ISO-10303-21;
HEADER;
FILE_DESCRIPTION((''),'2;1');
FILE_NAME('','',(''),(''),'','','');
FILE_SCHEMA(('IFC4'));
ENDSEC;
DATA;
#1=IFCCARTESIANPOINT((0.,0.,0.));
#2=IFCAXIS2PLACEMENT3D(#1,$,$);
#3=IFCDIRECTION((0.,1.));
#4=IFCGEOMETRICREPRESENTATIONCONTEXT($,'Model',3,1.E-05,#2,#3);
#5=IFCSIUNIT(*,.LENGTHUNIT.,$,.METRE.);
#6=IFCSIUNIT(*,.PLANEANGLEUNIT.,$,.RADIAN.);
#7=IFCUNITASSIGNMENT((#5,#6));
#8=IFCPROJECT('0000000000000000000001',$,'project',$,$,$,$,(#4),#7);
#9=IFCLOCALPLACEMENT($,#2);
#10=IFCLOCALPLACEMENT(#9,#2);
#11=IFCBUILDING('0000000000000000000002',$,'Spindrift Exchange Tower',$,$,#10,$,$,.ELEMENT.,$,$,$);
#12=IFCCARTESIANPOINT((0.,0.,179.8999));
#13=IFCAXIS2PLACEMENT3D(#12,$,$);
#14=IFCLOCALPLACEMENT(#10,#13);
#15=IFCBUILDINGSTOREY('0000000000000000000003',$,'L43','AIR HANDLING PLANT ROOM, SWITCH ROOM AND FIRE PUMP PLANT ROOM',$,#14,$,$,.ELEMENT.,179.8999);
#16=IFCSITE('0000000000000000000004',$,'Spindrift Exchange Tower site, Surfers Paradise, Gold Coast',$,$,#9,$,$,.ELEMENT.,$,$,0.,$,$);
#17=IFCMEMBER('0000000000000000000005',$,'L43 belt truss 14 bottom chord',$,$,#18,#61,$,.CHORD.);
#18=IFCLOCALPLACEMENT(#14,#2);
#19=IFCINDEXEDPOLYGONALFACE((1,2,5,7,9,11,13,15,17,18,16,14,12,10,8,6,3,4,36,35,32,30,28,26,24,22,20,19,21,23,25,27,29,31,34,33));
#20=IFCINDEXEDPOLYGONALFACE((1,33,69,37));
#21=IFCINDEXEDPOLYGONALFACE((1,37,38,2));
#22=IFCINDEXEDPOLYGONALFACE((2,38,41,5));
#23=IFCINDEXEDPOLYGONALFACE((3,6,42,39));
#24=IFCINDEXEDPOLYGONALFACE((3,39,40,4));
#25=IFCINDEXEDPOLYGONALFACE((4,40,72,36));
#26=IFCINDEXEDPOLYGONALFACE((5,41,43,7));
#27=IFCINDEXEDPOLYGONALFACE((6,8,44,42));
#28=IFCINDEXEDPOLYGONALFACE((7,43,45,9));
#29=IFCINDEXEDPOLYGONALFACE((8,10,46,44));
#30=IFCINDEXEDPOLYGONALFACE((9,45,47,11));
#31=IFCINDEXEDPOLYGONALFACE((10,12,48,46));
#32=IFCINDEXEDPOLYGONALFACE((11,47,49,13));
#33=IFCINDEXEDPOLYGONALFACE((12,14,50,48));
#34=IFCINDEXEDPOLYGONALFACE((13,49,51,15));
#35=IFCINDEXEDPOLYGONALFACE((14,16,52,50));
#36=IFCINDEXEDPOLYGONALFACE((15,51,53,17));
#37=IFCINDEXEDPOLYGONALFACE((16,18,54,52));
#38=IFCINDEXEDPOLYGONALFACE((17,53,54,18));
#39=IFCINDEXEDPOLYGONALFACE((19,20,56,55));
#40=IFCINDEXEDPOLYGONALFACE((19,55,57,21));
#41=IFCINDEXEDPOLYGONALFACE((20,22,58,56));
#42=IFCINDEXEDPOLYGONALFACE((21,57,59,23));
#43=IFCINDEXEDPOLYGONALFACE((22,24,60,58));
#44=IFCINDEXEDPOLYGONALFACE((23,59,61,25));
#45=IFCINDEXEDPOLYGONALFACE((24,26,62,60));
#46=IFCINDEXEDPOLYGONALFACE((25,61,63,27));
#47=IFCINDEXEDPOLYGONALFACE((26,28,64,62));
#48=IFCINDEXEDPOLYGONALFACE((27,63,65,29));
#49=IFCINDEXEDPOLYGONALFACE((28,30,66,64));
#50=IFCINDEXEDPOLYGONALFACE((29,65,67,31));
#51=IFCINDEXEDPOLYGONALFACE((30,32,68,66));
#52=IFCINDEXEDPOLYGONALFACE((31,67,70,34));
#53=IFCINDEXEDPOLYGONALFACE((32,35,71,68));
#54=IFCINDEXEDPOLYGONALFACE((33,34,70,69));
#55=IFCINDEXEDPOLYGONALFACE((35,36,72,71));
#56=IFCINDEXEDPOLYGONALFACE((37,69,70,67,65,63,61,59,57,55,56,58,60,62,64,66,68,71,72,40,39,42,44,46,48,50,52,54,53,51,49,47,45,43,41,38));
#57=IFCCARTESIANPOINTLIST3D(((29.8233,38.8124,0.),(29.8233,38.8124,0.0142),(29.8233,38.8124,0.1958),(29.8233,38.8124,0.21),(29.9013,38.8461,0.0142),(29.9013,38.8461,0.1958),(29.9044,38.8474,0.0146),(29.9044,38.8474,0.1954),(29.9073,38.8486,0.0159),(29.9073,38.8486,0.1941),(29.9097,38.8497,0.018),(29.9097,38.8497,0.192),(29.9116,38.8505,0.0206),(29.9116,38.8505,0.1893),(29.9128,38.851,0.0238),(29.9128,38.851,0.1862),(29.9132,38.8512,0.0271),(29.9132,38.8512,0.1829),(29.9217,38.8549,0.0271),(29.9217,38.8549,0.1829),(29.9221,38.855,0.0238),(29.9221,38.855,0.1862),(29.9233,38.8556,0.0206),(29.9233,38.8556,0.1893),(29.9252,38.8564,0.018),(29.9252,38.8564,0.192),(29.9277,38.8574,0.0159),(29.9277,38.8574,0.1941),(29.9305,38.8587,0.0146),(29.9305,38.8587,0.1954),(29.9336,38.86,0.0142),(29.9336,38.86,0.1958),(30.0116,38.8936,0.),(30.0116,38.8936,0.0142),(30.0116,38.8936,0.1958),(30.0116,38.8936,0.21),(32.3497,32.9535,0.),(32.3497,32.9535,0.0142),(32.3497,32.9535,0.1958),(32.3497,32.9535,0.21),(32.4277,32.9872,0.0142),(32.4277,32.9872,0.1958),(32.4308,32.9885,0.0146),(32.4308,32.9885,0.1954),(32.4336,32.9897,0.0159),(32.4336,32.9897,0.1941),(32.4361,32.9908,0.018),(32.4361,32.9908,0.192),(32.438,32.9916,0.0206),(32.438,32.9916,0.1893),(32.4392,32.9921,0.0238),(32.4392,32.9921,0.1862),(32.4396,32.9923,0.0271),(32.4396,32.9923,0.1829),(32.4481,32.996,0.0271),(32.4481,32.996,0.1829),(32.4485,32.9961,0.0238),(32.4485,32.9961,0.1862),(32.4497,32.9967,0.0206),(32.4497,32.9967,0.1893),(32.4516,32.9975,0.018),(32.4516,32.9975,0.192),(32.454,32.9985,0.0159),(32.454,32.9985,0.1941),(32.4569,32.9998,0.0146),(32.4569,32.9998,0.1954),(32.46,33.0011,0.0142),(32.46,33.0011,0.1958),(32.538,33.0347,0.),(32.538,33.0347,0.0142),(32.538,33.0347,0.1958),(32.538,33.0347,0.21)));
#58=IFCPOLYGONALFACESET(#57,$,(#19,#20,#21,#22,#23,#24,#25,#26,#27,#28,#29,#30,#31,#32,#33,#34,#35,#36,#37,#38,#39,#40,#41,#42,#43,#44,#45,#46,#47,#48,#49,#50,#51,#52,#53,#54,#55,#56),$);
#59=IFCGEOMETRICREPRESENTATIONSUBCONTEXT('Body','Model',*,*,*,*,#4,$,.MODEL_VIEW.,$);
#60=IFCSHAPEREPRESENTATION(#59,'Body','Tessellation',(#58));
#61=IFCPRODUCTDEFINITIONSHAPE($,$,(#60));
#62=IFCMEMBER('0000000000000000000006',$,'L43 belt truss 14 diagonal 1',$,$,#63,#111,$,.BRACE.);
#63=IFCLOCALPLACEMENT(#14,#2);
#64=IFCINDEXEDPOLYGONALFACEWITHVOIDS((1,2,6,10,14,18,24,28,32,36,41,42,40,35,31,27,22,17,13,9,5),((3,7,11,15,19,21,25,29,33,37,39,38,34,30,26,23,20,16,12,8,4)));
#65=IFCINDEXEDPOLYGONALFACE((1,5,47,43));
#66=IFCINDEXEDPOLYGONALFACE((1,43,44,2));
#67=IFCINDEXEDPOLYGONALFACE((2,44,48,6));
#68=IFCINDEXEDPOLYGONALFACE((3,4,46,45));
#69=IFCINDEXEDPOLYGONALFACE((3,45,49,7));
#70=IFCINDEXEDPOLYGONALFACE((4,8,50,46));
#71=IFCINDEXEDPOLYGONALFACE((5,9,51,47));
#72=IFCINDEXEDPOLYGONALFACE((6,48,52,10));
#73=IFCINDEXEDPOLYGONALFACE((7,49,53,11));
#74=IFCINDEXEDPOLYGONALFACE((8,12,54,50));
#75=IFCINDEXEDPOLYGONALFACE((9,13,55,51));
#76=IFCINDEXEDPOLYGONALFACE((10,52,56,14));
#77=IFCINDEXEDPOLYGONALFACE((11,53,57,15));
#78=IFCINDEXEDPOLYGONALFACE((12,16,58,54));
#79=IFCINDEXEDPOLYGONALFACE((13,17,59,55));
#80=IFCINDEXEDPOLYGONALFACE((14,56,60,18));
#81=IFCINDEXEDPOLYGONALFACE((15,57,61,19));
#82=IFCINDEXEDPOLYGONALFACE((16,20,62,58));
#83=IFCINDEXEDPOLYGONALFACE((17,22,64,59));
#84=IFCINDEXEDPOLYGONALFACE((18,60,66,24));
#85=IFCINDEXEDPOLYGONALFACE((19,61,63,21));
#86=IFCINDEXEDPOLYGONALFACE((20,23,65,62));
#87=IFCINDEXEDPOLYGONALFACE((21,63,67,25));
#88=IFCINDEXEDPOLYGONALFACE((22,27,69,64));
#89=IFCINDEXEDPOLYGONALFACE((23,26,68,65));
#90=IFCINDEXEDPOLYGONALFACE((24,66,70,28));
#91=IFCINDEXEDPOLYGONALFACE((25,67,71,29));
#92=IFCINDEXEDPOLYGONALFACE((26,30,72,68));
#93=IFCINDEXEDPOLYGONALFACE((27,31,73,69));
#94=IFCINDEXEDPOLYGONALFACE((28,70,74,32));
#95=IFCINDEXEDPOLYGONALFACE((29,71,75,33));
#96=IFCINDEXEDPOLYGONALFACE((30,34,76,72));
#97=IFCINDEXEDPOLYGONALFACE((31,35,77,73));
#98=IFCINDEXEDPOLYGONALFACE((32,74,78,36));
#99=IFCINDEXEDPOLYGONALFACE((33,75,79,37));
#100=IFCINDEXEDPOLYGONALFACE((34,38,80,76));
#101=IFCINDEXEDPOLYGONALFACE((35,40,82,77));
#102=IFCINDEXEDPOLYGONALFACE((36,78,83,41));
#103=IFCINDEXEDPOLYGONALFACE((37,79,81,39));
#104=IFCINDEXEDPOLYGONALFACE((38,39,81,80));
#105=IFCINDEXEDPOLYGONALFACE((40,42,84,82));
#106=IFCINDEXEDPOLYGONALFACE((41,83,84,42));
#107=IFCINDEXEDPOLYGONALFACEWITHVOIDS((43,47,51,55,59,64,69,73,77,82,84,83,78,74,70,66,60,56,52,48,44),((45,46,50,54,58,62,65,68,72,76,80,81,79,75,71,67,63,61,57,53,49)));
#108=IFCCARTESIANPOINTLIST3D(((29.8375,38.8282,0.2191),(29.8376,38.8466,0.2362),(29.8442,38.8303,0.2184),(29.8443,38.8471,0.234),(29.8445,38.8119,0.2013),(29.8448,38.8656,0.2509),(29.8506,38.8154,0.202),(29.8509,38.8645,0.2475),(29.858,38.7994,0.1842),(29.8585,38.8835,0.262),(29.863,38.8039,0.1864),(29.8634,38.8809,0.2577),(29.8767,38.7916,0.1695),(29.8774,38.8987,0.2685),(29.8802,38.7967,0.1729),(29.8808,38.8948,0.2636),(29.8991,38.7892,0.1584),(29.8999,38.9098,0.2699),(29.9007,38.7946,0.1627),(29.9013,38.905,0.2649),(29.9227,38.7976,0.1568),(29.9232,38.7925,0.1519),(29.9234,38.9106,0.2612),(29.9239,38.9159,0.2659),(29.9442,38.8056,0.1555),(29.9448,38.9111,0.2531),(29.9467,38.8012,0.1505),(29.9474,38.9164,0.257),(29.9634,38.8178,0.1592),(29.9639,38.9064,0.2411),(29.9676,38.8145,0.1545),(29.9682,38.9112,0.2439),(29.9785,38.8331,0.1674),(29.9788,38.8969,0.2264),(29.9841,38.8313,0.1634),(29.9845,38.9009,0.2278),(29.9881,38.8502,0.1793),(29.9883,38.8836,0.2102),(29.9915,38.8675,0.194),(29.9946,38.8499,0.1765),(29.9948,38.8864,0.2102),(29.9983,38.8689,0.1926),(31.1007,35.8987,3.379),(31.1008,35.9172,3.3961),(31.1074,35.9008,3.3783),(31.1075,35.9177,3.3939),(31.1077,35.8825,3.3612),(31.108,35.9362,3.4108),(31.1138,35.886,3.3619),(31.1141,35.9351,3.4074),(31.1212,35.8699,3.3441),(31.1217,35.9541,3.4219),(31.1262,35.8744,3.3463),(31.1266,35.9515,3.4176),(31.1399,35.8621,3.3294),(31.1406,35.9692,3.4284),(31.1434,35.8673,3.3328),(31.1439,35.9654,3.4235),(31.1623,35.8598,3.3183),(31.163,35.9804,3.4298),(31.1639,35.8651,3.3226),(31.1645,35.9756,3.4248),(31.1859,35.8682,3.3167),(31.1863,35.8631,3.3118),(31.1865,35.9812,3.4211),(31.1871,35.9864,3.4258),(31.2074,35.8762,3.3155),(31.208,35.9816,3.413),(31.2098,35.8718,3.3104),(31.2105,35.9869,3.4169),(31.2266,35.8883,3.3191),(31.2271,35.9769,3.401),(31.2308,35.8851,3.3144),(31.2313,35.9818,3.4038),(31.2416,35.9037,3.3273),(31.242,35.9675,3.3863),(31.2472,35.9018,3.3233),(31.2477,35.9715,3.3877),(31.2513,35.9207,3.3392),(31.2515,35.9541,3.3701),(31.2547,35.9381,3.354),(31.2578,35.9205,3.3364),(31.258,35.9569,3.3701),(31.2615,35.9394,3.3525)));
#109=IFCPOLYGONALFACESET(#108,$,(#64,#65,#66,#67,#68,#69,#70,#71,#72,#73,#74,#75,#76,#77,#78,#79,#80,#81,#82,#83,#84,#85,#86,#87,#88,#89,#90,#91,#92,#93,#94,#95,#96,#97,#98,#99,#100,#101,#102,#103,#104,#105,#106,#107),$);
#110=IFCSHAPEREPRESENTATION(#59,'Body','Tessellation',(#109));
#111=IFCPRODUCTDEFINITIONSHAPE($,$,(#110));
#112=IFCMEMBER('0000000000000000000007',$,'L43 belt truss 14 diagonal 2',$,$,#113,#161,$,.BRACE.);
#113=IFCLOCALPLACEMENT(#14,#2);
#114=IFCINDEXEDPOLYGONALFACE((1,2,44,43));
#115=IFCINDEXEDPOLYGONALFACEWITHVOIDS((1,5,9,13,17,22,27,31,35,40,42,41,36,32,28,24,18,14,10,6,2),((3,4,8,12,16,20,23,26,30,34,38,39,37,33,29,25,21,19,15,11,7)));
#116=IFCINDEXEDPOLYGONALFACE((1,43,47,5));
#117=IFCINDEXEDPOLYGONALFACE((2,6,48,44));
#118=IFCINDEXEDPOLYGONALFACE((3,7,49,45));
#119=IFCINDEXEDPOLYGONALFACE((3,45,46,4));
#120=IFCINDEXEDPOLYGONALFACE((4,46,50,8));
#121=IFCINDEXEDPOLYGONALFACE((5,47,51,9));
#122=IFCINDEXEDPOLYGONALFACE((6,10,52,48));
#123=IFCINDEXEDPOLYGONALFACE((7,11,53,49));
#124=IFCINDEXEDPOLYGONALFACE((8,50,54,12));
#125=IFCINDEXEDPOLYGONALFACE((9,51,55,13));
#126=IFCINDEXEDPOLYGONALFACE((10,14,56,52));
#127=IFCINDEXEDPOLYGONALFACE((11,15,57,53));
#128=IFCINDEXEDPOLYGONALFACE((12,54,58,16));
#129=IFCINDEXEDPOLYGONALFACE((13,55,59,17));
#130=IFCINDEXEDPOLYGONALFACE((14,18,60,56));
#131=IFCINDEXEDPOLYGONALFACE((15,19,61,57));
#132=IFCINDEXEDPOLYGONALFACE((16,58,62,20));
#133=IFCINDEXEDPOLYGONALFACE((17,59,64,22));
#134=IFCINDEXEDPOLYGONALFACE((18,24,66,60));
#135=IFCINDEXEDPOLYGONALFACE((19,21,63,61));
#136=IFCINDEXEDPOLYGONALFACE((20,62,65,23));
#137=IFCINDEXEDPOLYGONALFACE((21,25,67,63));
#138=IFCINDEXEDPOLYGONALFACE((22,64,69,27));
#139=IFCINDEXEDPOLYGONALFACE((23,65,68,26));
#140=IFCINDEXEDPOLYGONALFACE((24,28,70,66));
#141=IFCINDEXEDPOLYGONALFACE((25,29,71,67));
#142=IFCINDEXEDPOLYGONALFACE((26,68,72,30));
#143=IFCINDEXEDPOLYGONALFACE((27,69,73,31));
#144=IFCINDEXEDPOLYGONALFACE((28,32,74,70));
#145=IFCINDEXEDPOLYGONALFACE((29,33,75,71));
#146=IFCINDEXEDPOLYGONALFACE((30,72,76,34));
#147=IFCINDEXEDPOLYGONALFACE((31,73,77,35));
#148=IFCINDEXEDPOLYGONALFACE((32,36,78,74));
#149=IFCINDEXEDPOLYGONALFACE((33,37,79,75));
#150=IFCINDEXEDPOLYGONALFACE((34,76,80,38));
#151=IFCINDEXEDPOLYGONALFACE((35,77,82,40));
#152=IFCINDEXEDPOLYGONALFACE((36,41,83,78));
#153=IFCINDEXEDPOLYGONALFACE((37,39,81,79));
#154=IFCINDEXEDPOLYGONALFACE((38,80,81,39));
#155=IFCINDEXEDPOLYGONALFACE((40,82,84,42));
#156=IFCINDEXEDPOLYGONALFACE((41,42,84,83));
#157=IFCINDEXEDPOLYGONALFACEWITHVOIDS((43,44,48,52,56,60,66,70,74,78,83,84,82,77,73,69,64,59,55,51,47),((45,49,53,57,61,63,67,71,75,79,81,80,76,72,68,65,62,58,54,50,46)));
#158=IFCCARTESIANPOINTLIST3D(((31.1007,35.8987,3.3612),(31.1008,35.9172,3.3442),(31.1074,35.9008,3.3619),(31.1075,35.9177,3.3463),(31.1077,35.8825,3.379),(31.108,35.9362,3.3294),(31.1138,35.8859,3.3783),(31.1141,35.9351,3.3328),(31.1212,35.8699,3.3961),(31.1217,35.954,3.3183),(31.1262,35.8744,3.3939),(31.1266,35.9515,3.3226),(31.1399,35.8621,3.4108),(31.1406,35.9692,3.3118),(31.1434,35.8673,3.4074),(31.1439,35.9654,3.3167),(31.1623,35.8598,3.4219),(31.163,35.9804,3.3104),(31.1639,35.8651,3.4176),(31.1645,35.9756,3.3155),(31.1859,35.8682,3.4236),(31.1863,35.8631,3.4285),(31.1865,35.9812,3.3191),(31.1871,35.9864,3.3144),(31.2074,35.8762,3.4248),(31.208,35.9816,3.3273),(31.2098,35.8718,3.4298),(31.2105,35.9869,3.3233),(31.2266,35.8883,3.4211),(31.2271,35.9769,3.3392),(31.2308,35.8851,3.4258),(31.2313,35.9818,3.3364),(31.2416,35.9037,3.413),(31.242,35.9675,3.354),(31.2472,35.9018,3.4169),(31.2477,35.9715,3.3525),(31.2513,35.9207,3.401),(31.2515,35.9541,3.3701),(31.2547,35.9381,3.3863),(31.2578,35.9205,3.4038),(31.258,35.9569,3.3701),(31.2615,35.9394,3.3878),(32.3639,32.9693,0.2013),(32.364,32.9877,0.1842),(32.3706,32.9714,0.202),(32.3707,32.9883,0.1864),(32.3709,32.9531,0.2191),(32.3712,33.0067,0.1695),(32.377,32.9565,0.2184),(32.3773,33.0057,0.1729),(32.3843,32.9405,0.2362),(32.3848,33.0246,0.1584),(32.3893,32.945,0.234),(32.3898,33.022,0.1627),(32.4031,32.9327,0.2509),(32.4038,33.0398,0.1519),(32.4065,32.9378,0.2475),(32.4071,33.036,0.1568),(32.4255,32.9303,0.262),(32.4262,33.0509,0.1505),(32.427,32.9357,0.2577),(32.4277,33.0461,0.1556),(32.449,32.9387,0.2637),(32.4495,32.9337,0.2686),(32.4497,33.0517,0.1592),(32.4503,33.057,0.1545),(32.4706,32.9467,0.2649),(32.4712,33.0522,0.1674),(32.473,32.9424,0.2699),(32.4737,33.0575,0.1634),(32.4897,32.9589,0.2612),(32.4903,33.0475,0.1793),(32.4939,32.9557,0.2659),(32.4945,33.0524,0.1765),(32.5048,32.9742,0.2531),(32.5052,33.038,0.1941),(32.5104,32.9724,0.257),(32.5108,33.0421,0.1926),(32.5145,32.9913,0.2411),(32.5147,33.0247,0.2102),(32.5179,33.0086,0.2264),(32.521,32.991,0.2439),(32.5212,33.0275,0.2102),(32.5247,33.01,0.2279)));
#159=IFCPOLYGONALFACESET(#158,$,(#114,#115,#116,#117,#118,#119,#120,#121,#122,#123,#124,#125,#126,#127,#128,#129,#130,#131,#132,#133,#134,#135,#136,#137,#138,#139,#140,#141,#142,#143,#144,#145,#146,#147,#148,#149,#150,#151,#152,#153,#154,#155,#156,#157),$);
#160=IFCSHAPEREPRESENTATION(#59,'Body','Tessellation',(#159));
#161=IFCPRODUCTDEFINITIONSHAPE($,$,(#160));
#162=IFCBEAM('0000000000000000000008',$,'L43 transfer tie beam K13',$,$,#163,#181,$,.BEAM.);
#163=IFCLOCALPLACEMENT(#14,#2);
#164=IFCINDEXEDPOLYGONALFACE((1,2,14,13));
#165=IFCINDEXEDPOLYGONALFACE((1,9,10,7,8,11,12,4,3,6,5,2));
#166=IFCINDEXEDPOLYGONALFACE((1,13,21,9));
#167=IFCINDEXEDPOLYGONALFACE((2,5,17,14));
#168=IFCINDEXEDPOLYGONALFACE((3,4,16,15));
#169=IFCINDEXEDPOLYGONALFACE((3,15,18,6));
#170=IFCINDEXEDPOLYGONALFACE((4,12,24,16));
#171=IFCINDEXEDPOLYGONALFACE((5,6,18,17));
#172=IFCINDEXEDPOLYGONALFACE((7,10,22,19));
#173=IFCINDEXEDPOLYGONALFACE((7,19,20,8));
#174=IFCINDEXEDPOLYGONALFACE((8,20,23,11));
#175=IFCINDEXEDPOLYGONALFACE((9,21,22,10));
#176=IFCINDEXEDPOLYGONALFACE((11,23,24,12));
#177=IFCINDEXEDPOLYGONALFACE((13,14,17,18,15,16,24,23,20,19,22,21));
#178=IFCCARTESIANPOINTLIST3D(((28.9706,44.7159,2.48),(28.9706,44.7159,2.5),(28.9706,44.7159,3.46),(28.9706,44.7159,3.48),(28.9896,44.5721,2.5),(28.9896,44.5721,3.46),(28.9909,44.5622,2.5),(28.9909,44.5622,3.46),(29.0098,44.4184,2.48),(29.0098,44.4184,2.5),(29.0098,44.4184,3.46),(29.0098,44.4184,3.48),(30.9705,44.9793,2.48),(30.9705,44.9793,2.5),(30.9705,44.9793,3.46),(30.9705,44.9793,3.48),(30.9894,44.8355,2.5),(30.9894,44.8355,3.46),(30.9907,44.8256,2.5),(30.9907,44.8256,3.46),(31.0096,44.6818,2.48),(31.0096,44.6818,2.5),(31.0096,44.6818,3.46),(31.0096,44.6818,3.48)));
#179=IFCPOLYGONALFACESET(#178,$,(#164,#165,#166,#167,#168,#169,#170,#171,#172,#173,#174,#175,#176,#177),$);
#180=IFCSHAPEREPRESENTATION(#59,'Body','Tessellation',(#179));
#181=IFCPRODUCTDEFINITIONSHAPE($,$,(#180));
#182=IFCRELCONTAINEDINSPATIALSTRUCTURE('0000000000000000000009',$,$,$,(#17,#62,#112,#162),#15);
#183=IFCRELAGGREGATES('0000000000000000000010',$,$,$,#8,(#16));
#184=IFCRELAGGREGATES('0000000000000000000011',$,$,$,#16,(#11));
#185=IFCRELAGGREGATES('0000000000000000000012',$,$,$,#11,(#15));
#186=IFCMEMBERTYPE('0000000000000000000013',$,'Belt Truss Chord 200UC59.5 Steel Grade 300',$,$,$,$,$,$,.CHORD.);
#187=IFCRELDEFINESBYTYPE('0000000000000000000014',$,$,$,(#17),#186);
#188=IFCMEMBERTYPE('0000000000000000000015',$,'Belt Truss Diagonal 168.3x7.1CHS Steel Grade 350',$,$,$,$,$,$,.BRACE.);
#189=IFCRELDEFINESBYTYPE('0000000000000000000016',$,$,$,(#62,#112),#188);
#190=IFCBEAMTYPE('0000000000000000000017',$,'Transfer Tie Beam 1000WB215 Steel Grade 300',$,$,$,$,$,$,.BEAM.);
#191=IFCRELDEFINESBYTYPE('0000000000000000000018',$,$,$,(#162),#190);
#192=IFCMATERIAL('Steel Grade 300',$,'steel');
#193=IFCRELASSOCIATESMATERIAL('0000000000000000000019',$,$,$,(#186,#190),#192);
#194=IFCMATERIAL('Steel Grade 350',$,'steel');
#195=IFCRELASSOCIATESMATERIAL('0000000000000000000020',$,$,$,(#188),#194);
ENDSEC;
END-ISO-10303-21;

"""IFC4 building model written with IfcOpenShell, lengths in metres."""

from ifc_helpers import new_model, si_unit, direction, frame, origin, origin_2d, place, context, subcontext, project, spatial, hollow_circle, i_section, extrude, source, transform, mapped, material, material_profile, profile_set, type_object, element, save


model = new_model("IFC4")

# Units and contexts
model_context = context("Model", 3, precision=1e-05, world=origin(), true_north=direction((0.0, 1.0)))
body_context = subcontext(model_context, "Body", "Model", "MODEL_VIEW")
ifc_project = project(units=[si_unit("LENGTHUNIT", "METRE"), si_unit("PLANEANGLEUNIT", "RADIAN")], contexts=[model_context])

# Site, building, storey
site_placement = place(None, origin())
site = spatial("IfcSite", under=ifc_project, at=site_placement, Name="Spindrift Exchange Tower site, Surfers Paradise, Gold Coast", CompositionType="ELEMENT", RefElevation=0.0)
building_placement = place(site_placement, origin())
building = spatial("IfcBuilding", under=site, at=building_placement, Name="Spindrift Exchange Tower", CompositionType="ELEMENT")
storey_placement = place(building_placement, frame((0.0, 0.0, 179.8999)))
storey = spatial("IfcBuildingStorey", under=building, at=storey_placement, Name="L43", Description="AIR HANDLING PLANT ROOM, SWITCH ROOM AND FIRE PUMP PLANT ROOM", CompositionType="ELEMENT", Elevation=179.8999)

# Shared definitions
ifc_material_1 = material(Name="Steel Grade 300", Category="steel")

# Members
ifc_material_profile_1 = material_profile(ifc_material_1, i_section(OverallWidth=0.2051, OverallDepth=0.21, WebThickness=0.0093, FlangeThickness=0.0142, FilletRadius=0.0129, at=origin_2d()), Name="200UC59.5")
ifc_profile_set_1 = profile_set([ifc_material_profile_1], Name="Steel Grade 300")
member_type_1 = type_object("IfcMemberType", Name="Belt Truss Chord 200UC59.5 Steel Grade 300", PredefinedType="CHORD", material=ifc_profile_set_1)
ifc_material_2 = material(Name="Steel Grade 350", Category="steel")
ifc_material_profile_2 = material_profile(ifc_material_2, hollow_circle(Radius=0.0842, WallThickness=0.0071, at=origin_2d()), Name="168.3x7.1CHS")
ifc_profile_set_2 = profile_set([ifc_material_profile_2], Name="Steel Grade 350")
member_type_2 = type_object("IfcMemberType", Name="Belt Truss Diagonal 168.3x7.1CHS Steel Grade 350", PredefinedType="BRACE", material=ifc_profile_set_2)
shared_shape_1 = source(origin(), body_context, "Body", "SweptSolid", [
    extrude(i_section(OverallWidth=0.2051, OverallDepth=0.21, WebThickness=0.0093, FlangeThickness=0.0142, FilletRadius=0.0129, at=origin_2d()), origin(), (0.0, 0.0, 1.0), 6.3804),
])
for number, where, z_axis, x_axis, name in (
    (1, (29.9175, 38.853, 0.105), (0.39596, -0.918268, 0.0), (0.918268, 0.39596, 0.0), "L43 belt truss 14 bottom chord"),
):
    element("IfcMember", number, at=place(storey_placement, frame(where, z_axis=z_axis, x_axis=x_axis)), inside=storey, type_object=member_type_1, Name=name, PredefinedType="CHORD", context=body_context, shape_type="MappedRepresentation", body=[
        mapped(shared_shape_1, transform((0.0, 0.0, 0.0), scale=1.0)),
    ])
shared_shape_2 = source(origin(), body_context, "Body", "SweptSolid", [
    extrude(hollow_circle(Radius=0.0842, WallThickness=0.0071, at=origin_2d()), origin(), (0.0, 0.0, 1.0), 4.4902),
])
for number, where, z_axis, x_axis, name in (
    (2, (29.9175, 38.853, 0.2102), (0.281317, -0.652401, 0.703728), (0.918268, 0.39596, 0.0), "L43 belt truss 14 diagonal 1"),
    (3, (31.1807, 35.9236, 3.3701), (0.281317, -0.652401, -0.703728), (0.918268, 0.39596, 0.0), "L43 belt truss 14 diagonal 2"),
):
    element("IfcMember", number, at=place(storey_placement, frame(where, z_axis=z_axis, x_axis=x_axis)), inside=storey, type_object=member_type_2, Name=name, PredefinedType="BRACE", context=body_context, shape_type="MappedRepresentation", body=[
        mapped(shared_shape_2, transform((0.0, 0.0, 0.0), scale=1.0)),
    ])

# Beam
ifc_material_profile_3 = material_profile(ifc_material_1, i_section(OverallWidth=0.3, OverallDepth=1.0, WebThickness=0.01, FlangeThickness=0.02, at=origin_2d()), Name="1000WB215")
ifc_profile_set_3 = profile_set([ifc_material_profile_3], Name="Steel Grade 300")
beam_type_1 = type_object("IfcBeamType", Name="Transfer Tie Beam 1000WB215 Steel Grade 300", PredefinedType="BEAM", material=ifc_profile_set_3)
shared_shape_3 = source(origin(), body_context, "Body", "SweptSolid", [
    extrude(i_section(OverallWidth=0.3, OverallDepth=1.0, WebThickness=0.01, FlangeThickness=0.02, at=origin_2d()), origin(), (0.0, 0.0, 1.0), 2.0171),
])
beam_1_placement = place(storey_placement, frame((28.9902, 44.5671, 2.98), z_axis=(0.991435, 0.130602, 0.0), x_axis=(-0.130602, 0.991435, 0.0)))
element("IfcBeam", 4, at=beam_1_placement, inside=storey, type_object=beam_type_1, Name="L43 transfer tie beam K13", PredefinedType="BEAM", context=body_context, shape_type="MappedRepresentation", body=[
    mapped(shared_shape_3, transform((0.0, 0.0, 0.0), scale=1.0)),
])

save(model, "model.ifc")
